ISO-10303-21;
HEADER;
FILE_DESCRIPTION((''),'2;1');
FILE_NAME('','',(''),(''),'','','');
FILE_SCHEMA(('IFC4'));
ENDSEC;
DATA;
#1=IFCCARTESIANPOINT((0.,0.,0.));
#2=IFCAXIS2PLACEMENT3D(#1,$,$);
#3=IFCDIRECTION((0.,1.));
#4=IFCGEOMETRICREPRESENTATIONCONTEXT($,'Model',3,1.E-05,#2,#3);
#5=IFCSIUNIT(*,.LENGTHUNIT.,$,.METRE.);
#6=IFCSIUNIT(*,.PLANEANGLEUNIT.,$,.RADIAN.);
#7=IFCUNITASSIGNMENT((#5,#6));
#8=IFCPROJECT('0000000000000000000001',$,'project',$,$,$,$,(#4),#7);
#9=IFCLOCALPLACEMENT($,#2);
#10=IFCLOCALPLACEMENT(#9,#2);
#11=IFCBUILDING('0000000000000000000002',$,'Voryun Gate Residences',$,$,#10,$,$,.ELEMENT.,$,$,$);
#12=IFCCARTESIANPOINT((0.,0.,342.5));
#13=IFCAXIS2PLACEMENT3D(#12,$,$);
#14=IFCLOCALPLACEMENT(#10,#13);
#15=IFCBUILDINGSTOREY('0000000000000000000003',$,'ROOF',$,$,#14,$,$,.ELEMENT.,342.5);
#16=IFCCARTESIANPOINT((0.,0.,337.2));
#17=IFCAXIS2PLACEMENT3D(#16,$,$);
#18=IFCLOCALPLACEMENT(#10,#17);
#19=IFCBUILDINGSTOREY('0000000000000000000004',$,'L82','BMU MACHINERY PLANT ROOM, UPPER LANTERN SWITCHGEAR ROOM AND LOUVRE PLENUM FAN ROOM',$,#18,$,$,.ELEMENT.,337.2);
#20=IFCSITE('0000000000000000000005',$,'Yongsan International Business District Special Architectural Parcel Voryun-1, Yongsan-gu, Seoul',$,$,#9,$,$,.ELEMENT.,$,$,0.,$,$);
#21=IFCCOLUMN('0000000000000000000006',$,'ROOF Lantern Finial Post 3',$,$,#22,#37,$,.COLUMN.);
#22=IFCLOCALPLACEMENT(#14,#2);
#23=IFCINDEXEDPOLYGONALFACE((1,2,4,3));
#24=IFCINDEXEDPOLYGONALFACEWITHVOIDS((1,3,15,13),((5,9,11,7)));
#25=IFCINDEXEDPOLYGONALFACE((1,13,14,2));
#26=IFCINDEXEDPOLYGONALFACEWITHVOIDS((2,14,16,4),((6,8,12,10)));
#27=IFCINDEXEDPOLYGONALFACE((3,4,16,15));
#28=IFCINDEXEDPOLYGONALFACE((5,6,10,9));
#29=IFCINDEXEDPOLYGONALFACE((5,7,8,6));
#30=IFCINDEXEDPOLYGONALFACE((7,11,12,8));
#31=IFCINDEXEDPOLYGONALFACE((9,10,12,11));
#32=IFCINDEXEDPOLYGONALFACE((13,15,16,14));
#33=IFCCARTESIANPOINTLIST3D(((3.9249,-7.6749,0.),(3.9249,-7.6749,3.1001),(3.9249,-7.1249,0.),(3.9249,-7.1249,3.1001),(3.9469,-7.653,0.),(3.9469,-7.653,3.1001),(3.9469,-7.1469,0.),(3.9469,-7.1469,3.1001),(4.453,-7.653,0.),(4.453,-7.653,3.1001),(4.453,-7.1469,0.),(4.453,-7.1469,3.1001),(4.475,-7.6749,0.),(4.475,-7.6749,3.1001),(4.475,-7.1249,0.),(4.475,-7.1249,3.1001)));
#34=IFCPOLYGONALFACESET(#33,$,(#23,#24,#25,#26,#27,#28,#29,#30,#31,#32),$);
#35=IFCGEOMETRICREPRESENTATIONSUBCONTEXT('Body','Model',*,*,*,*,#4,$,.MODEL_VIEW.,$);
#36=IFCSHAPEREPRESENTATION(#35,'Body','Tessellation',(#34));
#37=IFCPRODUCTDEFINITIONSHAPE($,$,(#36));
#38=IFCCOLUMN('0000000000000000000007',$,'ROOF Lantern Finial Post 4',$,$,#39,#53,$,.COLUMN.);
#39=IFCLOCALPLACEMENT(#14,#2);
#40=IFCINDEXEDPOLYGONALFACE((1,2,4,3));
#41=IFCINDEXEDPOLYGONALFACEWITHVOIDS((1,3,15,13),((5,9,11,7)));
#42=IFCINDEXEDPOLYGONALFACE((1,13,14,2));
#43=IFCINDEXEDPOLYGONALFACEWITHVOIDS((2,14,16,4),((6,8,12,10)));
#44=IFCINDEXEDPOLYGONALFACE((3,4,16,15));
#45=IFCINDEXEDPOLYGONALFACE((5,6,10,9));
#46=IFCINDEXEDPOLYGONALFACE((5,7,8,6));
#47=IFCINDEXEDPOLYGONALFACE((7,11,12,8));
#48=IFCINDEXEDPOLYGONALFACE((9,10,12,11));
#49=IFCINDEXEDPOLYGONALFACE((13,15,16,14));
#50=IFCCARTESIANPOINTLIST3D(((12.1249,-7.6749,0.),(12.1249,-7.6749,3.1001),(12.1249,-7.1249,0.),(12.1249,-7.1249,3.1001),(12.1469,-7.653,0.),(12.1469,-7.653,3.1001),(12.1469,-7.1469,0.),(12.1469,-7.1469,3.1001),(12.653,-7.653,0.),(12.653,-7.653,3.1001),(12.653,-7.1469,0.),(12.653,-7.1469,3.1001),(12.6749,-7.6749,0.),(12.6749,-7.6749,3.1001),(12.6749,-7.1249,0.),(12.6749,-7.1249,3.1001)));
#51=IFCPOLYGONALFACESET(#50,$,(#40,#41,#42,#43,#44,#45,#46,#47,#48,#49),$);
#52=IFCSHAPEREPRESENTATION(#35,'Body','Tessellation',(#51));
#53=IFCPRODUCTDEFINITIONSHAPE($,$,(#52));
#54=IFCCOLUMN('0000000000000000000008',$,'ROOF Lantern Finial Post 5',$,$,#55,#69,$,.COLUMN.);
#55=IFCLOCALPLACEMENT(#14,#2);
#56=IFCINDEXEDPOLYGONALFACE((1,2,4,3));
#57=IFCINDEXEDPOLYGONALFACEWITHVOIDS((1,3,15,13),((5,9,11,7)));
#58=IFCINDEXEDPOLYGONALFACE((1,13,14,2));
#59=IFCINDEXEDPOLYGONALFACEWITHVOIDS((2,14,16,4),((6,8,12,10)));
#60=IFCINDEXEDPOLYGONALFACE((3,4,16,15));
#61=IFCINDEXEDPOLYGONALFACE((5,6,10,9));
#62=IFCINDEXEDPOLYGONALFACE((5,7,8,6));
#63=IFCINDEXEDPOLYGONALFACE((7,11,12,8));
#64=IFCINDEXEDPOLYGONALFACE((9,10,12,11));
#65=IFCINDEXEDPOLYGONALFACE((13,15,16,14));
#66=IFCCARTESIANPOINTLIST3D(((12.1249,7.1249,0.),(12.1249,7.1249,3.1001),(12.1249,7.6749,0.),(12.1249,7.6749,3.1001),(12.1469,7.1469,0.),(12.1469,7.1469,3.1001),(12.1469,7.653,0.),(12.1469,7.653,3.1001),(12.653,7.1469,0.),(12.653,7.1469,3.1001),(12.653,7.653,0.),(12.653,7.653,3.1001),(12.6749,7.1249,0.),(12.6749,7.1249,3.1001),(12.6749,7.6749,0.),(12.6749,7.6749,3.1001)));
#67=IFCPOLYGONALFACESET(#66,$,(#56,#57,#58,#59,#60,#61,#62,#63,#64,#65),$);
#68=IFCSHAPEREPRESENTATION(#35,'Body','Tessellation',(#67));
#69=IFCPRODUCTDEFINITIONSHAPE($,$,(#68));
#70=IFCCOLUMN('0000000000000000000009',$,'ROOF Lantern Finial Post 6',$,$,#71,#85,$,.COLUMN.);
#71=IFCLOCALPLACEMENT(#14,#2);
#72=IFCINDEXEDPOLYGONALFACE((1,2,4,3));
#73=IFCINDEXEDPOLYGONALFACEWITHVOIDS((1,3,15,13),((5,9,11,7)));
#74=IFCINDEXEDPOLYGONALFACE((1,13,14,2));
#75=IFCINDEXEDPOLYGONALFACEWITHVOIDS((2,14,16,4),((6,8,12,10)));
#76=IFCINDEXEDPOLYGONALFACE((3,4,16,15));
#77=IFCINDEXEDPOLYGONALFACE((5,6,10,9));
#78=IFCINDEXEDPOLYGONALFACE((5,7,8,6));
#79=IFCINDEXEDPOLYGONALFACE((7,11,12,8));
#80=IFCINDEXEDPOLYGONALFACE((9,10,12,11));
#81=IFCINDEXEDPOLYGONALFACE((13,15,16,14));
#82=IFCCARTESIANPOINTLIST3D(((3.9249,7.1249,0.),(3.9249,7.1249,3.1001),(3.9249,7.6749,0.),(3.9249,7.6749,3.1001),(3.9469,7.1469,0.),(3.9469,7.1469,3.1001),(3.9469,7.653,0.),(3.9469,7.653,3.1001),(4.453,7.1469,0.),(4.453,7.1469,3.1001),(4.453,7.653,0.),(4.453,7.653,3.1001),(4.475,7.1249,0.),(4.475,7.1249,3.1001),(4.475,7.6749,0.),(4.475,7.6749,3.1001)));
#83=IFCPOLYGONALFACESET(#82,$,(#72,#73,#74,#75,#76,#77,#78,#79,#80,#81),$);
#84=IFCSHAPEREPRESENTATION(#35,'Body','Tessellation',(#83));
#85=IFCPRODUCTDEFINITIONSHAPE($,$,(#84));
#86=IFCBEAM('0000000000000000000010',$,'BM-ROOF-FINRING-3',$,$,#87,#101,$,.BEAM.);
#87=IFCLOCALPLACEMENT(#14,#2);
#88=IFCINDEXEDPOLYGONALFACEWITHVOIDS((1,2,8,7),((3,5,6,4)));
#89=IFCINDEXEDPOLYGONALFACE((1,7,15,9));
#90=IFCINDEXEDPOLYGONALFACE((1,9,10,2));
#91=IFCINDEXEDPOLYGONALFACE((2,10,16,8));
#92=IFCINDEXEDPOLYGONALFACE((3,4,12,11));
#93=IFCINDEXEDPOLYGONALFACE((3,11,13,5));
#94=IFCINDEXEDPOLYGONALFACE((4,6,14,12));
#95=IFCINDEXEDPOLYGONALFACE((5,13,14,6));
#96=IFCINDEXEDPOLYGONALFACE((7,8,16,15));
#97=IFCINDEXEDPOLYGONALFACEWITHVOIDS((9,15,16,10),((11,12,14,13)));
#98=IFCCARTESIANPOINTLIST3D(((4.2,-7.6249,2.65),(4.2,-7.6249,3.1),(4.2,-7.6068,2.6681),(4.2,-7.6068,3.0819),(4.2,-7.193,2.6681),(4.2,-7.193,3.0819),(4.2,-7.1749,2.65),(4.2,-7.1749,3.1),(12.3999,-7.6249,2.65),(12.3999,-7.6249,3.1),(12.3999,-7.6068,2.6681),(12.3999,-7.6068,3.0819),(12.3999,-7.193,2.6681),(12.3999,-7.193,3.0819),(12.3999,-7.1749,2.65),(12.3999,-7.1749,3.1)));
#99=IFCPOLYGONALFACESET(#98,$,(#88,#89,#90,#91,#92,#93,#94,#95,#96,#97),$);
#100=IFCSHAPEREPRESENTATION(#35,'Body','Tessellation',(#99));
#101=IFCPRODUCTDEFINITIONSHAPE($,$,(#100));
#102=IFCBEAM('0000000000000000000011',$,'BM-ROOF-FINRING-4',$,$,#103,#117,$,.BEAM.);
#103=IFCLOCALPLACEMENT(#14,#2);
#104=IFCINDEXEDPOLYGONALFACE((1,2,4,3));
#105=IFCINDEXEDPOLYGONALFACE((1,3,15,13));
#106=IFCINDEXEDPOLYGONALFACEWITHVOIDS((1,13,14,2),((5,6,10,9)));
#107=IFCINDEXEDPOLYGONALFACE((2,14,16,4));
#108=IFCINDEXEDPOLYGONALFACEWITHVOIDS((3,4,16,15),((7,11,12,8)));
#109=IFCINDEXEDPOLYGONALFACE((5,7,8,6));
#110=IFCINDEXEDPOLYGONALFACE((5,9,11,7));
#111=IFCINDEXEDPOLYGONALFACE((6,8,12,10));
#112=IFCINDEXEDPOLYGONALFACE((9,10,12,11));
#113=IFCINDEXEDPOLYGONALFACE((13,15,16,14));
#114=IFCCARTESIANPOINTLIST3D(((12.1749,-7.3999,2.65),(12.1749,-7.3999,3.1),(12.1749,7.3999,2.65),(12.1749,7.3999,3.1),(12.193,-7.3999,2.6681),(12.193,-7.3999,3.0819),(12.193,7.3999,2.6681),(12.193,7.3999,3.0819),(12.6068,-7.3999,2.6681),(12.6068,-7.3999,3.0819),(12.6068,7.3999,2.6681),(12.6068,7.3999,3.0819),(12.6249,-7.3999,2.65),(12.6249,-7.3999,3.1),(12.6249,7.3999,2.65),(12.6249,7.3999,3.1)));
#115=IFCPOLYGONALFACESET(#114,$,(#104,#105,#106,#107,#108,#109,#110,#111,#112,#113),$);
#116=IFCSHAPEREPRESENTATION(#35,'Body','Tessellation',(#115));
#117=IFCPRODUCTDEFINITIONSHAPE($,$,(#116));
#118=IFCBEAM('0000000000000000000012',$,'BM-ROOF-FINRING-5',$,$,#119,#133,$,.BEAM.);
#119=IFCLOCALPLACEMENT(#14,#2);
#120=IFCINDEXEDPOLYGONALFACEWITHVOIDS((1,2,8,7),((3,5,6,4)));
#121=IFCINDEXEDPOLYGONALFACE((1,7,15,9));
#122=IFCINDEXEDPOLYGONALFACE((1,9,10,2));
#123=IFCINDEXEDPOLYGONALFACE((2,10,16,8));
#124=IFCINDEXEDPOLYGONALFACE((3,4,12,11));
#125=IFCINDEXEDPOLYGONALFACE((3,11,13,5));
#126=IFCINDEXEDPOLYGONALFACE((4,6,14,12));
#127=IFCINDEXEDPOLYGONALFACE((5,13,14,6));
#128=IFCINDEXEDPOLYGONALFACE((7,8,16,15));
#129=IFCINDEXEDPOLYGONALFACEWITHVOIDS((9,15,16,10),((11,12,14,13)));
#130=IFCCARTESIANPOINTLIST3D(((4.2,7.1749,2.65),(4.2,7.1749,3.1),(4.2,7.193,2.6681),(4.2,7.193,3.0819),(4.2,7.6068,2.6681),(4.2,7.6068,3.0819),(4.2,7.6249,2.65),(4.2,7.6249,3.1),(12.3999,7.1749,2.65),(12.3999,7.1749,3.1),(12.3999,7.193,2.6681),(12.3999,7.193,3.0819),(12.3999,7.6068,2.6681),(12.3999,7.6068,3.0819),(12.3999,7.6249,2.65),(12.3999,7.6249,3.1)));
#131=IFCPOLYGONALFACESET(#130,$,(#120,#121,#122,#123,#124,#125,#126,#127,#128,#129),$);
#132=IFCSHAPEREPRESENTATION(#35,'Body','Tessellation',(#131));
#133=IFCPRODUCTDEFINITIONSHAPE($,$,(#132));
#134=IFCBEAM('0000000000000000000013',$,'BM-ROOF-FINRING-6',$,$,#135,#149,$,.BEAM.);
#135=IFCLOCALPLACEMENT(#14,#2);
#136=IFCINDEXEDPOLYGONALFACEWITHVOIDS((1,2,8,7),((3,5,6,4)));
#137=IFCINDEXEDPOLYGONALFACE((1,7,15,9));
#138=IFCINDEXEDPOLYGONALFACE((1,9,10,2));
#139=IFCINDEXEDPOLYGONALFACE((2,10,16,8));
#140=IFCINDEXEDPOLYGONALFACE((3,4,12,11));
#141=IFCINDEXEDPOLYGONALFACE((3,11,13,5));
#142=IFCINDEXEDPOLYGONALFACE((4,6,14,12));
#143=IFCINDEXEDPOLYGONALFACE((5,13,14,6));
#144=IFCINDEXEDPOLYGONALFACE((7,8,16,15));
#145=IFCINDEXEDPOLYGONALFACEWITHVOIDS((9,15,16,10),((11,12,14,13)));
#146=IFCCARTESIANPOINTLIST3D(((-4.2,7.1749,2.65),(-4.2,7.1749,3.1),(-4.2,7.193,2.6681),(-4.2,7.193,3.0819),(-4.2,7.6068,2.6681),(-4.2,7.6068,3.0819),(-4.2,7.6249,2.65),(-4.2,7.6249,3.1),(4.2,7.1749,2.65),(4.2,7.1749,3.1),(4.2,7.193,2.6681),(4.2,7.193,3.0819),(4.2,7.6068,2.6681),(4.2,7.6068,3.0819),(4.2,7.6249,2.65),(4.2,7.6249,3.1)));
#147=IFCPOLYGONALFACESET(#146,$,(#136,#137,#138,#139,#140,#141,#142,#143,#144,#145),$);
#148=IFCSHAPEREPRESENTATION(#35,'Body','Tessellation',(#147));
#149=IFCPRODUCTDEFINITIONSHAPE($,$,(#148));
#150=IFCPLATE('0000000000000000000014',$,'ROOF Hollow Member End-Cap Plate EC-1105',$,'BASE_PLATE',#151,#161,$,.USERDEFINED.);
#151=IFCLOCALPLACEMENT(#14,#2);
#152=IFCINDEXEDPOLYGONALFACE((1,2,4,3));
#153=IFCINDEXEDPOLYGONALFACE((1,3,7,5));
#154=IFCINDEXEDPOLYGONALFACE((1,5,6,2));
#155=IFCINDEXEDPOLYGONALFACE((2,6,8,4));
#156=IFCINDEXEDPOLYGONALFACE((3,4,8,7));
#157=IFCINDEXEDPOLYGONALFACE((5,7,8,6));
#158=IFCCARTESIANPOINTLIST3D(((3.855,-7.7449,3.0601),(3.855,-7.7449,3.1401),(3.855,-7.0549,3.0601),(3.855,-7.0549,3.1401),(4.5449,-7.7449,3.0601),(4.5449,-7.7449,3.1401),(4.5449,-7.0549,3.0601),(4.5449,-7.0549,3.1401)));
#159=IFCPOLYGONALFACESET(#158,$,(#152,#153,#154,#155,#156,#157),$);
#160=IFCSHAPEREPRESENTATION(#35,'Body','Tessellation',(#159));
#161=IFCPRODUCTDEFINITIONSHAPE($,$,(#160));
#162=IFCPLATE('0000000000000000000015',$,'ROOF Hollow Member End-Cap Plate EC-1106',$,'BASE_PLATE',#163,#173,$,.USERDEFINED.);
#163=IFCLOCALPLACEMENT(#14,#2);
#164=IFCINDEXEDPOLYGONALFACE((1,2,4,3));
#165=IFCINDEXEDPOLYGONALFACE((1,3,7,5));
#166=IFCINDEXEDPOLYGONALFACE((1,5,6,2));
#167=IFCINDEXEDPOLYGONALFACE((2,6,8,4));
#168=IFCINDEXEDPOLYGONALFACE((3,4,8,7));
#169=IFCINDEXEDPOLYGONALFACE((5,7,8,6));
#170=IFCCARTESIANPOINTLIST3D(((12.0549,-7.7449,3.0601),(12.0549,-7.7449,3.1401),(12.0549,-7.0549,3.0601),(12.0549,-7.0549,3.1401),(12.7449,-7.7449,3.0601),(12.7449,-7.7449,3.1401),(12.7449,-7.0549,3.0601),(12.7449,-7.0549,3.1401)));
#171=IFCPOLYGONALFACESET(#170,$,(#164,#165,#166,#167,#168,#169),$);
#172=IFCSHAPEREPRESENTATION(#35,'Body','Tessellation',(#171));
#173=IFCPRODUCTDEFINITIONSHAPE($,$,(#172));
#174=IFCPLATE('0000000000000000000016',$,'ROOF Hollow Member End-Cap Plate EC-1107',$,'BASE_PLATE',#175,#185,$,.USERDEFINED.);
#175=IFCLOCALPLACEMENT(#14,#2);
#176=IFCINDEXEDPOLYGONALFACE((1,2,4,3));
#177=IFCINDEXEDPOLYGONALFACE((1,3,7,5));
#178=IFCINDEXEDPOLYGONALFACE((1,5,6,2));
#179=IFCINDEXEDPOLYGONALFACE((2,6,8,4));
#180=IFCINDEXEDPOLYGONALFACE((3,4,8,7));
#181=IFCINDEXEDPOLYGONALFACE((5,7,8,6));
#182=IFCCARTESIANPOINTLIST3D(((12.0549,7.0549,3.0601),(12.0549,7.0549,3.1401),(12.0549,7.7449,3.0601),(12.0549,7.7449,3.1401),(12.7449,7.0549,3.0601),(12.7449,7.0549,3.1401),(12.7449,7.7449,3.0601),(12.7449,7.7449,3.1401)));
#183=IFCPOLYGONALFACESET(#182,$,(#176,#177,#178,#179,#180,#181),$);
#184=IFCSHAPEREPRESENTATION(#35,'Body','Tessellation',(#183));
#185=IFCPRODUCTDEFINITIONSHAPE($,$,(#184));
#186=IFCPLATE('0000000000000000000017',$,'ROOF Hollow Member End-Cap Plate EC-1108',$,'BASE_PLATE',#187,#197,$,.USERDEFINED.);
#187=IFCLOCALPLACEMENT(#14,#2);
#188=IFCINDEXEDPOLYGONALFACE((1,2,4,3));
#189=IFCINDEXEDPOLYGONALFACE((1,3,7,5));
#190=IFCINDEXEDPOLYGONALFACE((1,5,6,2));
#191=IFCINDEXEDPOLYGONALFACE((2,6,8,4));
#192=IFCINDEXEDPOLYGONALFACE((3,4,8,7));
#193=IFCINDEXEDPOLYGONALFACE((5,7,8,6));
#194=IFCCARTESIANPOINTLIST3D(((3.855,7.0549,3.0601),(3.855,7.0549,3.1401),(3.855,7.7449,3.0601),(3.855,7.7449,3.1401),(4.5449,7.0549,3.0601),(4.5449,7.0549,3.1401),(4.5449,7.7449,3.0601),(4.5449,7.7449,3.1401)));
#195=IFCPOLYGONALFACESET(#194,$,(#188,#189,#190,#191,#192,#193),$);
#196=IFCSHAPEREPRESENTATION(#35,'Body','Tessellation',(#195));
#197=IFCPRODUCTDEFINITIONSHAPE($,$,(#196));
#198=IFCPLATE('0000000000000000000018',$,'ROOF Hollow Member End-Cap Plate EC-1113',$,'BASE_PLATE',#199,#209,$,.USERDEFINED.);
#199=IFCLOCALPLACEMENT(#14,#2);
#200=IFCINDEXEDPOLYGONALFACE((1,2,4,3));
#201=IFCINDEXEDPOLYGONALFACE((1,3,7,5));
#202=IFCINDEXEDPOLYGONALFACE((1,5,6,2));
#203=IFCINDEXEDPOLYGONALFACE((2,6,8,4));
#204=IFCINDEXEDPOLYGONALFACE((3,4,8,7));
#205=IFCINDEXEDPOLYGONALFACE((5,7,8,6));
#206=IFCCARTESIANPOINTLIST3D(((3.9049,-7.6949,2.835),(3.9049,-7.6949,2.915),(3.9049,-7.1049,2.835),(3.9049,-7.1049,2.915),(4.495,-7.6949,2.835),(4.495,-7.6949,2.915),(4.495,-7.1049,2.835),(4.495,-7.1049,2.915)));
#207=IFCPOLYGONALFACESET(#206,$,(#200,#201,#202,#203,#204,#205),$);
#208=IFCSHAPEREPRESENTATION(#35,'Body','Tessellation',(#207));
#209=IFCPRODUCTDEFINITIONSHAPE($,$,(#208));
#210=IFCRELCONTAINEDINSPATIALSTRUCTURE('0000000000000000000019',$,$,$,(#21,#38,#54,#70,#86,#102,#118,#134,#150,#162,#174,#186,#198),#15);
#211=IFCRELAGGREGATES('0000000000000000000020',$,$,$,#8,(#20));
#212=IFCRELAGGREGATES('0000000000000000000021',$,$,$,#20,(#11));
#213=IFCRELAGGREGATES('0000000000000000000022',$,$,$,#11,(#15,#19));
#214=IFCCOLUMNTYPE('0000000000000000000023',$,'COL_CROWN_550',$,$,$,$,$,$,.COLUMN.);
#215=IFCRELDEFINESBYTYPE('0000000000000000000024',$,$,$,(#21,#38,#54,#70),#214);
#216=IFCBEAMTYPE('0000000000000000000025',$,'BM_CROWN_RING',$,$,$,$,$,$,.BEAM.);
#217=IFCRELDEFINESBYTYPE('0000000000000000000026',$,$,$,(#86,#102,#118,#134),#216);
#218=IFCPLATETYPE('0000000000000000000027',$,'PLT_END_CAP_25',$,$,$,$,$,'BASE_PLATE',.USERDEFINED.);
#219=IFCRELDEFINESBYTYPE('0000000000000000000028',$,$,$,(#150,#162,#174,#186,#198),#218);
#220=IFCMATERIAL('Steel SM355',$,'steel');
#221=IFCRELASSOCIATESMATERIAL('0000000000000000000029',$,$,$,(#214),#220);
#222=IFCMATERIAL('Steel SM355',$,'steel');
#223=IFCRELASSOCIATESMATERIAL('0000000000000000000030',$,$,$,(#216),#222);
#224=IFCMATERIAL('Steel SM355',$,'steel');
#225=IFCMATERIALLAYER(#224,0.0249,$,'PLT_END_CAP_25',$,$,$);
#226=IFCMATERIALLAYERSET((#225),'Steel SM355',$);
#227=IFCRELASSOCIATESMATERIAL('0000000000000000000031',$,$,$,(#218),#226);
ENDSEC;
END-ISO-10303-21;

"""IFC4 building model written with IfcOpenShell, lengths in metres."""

from ifc_helpers import new_model, si_unit, direction, frame, origin, origin_2d, place, context, subcontext, project, spatial, rectangle, hollow_rectangle, extrude, material, layer, layer_set, material_profile, profile_set, type_object, element, save


model = new_model("IFC4")

# Units and contexts
model_context = context("Model", 3, precision=1e-05, world=origin(), true_north=direction((0.0, 1.0)))
body_context = subcontext(model_context, "Body", "Model", "MODEL_VIEW")
ifc_project = project(units=[si_unit("LENGTHUNIT", "METRE"), si_unit("PLANEANGLEUNIT", "RADIAN")], contexts=[model_context])

# Site, building, storey
site_placement = place(None, origin())
site = spatial("IfcSite", under=ifc_project, at=site_placement, Name="Yongsan International Business District Special Architectural Parcel Voryun-1, Yongsan-gu, Seoul", CompositionType="ELEMENT", RefElevation=0.0)
building_placement = place(site_placement, origin())
building = spatial("IfcBuilding", under=site, at=building_placement, Name="Voryun Gate Residences", CompositionType="ELEMENT")
storey_1_placement = place(building_placement, frame((0.0, 0.0, 342.5)))
storey_1 = spatial("IfcBuildingStorey", under=building, at=storey_1_placement, Name="ROOF", CompositionType="ELEMENT", Elevation=342.5)

# Columns
ifc_material_1 = material(Name="Steel SM355", Category="steel")
ifc_material_profile_1 = material_profile(ifc_material_1, hollow_rectangle(XDim=0.55, YDim=0.55, WallThickness=0.022, at=origin_2d()), Name="BOX-550x550x22")
ifc_profile_set_1 = profile_set([ifc_material_profile_1], Name="Steel SM355")
column_type = type_object("IfcColumnType", Name="COL_CROWN_550", PredefinedType="COLUMN", material=ifc_profile_set_1)
for number, where, z_axis, x_axis, name in (
    (1, (4.2, -7.3999, 0.0), (0.0, 0.0, 1.0), (1.0, 0.0, 0.0), "ROOF Lantern Finial Post 3"),
    (2, (12.3999, -7.3999, 0.0), (0.0, 0.0, 1.0), (1.0, 0.0, 0.0), "ROOF Lantern Finial Post 4"),
    (3, (12.3999, 7.3999, 0.0), (0.0, 0.0, 1.0), (1.0, 0.0, 0.0), "ROOF Lantern Finial Post 5"),
    (4, (4.2, 7.3999, 0.0), (0.0, 0.0, 1.0), (1.0, 0.0, 0.0), "ROOF Lantern Finial Post 6"),
):
    element("IfcColumn", number, at=place(storey_1_placement, frame(where, z_axis=z_axis, x_axis=x_axis)), inside=storey_1, type_object=column_type, Name=name, PredefinedType="COLUMN", context=body_context, shape_type="SweptSolid", body=[
        extrude(hollow_rectangle(XDim=0.55, YDim=0.55, WallThickness=0.022, at=origin_2d()), origin(), (0.0, 0.0, 1.0), 3.1001),
    ])

# Beams
ifc_material_2 = material(Name="Steel SM355", Category="steel")
ifc_material_profile_2 = material_profile(ifc_material_2, hollow_rectangle(XDim=0.45, YDim=0.45, WallThickness=0.0181, at=origin_2d()), Name="BOX-450x450x18")
ifc_profile_set_2 = profile_set([ifc_material_profile_2], Name="Steel SM355")
beam_type = type_object("IfcBeamType", Name="BM_CROWN_RING", PredefinedType="BEAM", material=ifc_profile_set_2)
beam_1_placement = place(storey_1_placement, frame((4.2, -7.3999, 2.875), z_axis=(1.0, 0.0, 0.0), x_axis=(0.0, 1.0, 0.0)))
element("IfcBeam", 5, at=beam_1_placement, inside=storey_1, type_object=beam_type, Name="BM-ROOF-FINRING-3", PredefinedType="BEAM", context=body_context, shape_type="SweptSolid", body=[
    extrude(hollow_rectangle(XDim=0.45, YDim=0.45, WallThickness=0.0181, at=origin_2d()), origin(), (0.0, 0.0, 1.0), 8.2),
])
beam_2_placement = place(storey_1_placement, frame((12.3999, -7.3999, 2.875), z_axis=(0.0, 1.0, 0.0), x_axis=(-1.0, 0.0, 0.0)))
element("IfcBeam", 6, at=beam_2_placement, inside=storey_1, type_object=beam_type, Name="BM-ROOF-FINRING-4", PredefinedType="BEAM", context=body_context, shape_type="SweptSolid", body=[
    extrude(hollow_rectangle(XDim=0.45, YDim=0.45, WallThickness=0.0181, at=origin_2d()), origin(), (0.0, 0.0, 1.0), 14.7998),
])
beam_3_placement = place(storey_1_placement, frame((12.3999, 7.3999, 2.875), z_axis=(-1.0, 0.0, 0.0), x_axis=(0.0, -1.0, 0.0)))
element("IfcBeam", 7, at=beam_3_placement, inside=storey_1, type_object=beam_type, Name="BM-ROOF-FINRING-5", PredefinedType="BEAM", context=body_context, shape_type="SweptSolid", body=[
    extrude(hollow_rectangle(XDim=0.45, YDim=0.45, WallThickness=0.0181, at=origin_2d()), origin(), (0.0, 0.0, 1.0), 8.2),
])
beam_4_placement = place(storey_1_placement, frame((4.2, 7.3999, 2.875), z_axis=(-1.0, 0.0, 0.0), x_axis=(0.0, -1.0, 0.0)))
element("IfcBeam", 8, at=beam_4_placement, inside=storey_1, type_object=beam_type, Name="BM-ROOF-FINRING-6", PredefinedType="BEAM", context=body_context, shape_type="SweptSolid", body=[
    extrude(hollow_rectangle(XDim=0.45, YDim=0.45, WallThickness=0.0181, at=origin_2d()), origin(), (0.0, 0.0, 1.0), 8.3999),
])

# Plates
ifc_material_3 = material(Name="Steel SM355", Category="steel")
ifc_layer_1 = layer(ifc_material_3, 0.0249, Name="PLT_END_CAP_25")
ifc_layer_set_1 = layer_set([ifc_layer_1], Name="Steel SM355")
plate_type = type_object("IfcPlateType", Name="PLT_END_CAP_25", ElementType="BASE_PLATE", PredefinedType="USERDEFINED", material=ifc_layer_set_1)
for number, where, z_axis, x_axis, name in (
    (9, (4.2, -7.3999, 3.0601), (0.0, 0.0, 1.0), (1.0, 0.0, 0.0), "ROOF Hollow Member End-Cap Plate EC-1105"),
    (10, (12.3999, -7.3999, 3.0601), (0.0, 0.0, 1.0), (1.0, 0.0, 0.0), "ROOF Hollow Member End-Cap Plate EC-1106"),
    (11, (12.3999, 7.3999, 3.0601), (0.0, 0.0, 1.0), (1.0, 0.0, 0.0), "ROOF Hollow Member End-Cap Plate EC-1107"),
    (12, (4.2, 7.3999, 3.0601), (0.0, 0.0, 1.0), (1.0, 0.0, 0.0), "ROOF Hollow Member End-Cap Plate EC-1108"),
):
    element("IfcPlate", number, at=place(storey_1_placement, frame(where, z_axis=z_axis, x_axis=x_axis)), inside=storey_1, type_object=plate_type, Name=name, ObjectType="BASE_PLATE", PredefinedType="USERDEFINED", context=body_context, shape_type="SweptSolid", body=[
        extrude(rectangle(XDim=0.6899, YDim=0.6899, at=origin_2d()), origin(), (0.0, 0.0, 1.0), 0.0801),
    ])
for number, where, z_axis, x_axis, name in (
    (13, (4.2, -7.3999, 2.835), (0.0, 0.0, 1.0), (1.0, 0.0, 0.0), "ROOF Hollow Member End-Cap Plate EC-1113"),
):
    element("IfcPlate", number, at=place(storey_1_placement, frame(where, z_axis=z_axis, x_axis=x_axis)), inside=storey_1, type_object=plate_type, Name=name, ObjectType="BASE_PLATE", PredefinedType="USERDEFINED", context=body_context, shape_type="SweptSolid", body=[
        extrude(rectangle(XDim=0.5901, YDim=0.5901, at=origin_2d()), origin(), (0.0, 0.0, 1.0), 0.0801),
    ])

# Shared definitions
storey_2_placement = place(building_placement, frame((0.0, 0.0, 337.2)))
storey_2 = spatial("IfcBuildingStorey", under=building, at=storey_2_placement, Name="L82", Description="BMU MACHINERY PLANT ROOM, UPPER LANTERN SWITCHGEAR ROOM AND LOUVRE PLENUM FAN ROOM", CompositionType="ELEMENT", Elevation=337.2)

save(model, "model.ifc")
